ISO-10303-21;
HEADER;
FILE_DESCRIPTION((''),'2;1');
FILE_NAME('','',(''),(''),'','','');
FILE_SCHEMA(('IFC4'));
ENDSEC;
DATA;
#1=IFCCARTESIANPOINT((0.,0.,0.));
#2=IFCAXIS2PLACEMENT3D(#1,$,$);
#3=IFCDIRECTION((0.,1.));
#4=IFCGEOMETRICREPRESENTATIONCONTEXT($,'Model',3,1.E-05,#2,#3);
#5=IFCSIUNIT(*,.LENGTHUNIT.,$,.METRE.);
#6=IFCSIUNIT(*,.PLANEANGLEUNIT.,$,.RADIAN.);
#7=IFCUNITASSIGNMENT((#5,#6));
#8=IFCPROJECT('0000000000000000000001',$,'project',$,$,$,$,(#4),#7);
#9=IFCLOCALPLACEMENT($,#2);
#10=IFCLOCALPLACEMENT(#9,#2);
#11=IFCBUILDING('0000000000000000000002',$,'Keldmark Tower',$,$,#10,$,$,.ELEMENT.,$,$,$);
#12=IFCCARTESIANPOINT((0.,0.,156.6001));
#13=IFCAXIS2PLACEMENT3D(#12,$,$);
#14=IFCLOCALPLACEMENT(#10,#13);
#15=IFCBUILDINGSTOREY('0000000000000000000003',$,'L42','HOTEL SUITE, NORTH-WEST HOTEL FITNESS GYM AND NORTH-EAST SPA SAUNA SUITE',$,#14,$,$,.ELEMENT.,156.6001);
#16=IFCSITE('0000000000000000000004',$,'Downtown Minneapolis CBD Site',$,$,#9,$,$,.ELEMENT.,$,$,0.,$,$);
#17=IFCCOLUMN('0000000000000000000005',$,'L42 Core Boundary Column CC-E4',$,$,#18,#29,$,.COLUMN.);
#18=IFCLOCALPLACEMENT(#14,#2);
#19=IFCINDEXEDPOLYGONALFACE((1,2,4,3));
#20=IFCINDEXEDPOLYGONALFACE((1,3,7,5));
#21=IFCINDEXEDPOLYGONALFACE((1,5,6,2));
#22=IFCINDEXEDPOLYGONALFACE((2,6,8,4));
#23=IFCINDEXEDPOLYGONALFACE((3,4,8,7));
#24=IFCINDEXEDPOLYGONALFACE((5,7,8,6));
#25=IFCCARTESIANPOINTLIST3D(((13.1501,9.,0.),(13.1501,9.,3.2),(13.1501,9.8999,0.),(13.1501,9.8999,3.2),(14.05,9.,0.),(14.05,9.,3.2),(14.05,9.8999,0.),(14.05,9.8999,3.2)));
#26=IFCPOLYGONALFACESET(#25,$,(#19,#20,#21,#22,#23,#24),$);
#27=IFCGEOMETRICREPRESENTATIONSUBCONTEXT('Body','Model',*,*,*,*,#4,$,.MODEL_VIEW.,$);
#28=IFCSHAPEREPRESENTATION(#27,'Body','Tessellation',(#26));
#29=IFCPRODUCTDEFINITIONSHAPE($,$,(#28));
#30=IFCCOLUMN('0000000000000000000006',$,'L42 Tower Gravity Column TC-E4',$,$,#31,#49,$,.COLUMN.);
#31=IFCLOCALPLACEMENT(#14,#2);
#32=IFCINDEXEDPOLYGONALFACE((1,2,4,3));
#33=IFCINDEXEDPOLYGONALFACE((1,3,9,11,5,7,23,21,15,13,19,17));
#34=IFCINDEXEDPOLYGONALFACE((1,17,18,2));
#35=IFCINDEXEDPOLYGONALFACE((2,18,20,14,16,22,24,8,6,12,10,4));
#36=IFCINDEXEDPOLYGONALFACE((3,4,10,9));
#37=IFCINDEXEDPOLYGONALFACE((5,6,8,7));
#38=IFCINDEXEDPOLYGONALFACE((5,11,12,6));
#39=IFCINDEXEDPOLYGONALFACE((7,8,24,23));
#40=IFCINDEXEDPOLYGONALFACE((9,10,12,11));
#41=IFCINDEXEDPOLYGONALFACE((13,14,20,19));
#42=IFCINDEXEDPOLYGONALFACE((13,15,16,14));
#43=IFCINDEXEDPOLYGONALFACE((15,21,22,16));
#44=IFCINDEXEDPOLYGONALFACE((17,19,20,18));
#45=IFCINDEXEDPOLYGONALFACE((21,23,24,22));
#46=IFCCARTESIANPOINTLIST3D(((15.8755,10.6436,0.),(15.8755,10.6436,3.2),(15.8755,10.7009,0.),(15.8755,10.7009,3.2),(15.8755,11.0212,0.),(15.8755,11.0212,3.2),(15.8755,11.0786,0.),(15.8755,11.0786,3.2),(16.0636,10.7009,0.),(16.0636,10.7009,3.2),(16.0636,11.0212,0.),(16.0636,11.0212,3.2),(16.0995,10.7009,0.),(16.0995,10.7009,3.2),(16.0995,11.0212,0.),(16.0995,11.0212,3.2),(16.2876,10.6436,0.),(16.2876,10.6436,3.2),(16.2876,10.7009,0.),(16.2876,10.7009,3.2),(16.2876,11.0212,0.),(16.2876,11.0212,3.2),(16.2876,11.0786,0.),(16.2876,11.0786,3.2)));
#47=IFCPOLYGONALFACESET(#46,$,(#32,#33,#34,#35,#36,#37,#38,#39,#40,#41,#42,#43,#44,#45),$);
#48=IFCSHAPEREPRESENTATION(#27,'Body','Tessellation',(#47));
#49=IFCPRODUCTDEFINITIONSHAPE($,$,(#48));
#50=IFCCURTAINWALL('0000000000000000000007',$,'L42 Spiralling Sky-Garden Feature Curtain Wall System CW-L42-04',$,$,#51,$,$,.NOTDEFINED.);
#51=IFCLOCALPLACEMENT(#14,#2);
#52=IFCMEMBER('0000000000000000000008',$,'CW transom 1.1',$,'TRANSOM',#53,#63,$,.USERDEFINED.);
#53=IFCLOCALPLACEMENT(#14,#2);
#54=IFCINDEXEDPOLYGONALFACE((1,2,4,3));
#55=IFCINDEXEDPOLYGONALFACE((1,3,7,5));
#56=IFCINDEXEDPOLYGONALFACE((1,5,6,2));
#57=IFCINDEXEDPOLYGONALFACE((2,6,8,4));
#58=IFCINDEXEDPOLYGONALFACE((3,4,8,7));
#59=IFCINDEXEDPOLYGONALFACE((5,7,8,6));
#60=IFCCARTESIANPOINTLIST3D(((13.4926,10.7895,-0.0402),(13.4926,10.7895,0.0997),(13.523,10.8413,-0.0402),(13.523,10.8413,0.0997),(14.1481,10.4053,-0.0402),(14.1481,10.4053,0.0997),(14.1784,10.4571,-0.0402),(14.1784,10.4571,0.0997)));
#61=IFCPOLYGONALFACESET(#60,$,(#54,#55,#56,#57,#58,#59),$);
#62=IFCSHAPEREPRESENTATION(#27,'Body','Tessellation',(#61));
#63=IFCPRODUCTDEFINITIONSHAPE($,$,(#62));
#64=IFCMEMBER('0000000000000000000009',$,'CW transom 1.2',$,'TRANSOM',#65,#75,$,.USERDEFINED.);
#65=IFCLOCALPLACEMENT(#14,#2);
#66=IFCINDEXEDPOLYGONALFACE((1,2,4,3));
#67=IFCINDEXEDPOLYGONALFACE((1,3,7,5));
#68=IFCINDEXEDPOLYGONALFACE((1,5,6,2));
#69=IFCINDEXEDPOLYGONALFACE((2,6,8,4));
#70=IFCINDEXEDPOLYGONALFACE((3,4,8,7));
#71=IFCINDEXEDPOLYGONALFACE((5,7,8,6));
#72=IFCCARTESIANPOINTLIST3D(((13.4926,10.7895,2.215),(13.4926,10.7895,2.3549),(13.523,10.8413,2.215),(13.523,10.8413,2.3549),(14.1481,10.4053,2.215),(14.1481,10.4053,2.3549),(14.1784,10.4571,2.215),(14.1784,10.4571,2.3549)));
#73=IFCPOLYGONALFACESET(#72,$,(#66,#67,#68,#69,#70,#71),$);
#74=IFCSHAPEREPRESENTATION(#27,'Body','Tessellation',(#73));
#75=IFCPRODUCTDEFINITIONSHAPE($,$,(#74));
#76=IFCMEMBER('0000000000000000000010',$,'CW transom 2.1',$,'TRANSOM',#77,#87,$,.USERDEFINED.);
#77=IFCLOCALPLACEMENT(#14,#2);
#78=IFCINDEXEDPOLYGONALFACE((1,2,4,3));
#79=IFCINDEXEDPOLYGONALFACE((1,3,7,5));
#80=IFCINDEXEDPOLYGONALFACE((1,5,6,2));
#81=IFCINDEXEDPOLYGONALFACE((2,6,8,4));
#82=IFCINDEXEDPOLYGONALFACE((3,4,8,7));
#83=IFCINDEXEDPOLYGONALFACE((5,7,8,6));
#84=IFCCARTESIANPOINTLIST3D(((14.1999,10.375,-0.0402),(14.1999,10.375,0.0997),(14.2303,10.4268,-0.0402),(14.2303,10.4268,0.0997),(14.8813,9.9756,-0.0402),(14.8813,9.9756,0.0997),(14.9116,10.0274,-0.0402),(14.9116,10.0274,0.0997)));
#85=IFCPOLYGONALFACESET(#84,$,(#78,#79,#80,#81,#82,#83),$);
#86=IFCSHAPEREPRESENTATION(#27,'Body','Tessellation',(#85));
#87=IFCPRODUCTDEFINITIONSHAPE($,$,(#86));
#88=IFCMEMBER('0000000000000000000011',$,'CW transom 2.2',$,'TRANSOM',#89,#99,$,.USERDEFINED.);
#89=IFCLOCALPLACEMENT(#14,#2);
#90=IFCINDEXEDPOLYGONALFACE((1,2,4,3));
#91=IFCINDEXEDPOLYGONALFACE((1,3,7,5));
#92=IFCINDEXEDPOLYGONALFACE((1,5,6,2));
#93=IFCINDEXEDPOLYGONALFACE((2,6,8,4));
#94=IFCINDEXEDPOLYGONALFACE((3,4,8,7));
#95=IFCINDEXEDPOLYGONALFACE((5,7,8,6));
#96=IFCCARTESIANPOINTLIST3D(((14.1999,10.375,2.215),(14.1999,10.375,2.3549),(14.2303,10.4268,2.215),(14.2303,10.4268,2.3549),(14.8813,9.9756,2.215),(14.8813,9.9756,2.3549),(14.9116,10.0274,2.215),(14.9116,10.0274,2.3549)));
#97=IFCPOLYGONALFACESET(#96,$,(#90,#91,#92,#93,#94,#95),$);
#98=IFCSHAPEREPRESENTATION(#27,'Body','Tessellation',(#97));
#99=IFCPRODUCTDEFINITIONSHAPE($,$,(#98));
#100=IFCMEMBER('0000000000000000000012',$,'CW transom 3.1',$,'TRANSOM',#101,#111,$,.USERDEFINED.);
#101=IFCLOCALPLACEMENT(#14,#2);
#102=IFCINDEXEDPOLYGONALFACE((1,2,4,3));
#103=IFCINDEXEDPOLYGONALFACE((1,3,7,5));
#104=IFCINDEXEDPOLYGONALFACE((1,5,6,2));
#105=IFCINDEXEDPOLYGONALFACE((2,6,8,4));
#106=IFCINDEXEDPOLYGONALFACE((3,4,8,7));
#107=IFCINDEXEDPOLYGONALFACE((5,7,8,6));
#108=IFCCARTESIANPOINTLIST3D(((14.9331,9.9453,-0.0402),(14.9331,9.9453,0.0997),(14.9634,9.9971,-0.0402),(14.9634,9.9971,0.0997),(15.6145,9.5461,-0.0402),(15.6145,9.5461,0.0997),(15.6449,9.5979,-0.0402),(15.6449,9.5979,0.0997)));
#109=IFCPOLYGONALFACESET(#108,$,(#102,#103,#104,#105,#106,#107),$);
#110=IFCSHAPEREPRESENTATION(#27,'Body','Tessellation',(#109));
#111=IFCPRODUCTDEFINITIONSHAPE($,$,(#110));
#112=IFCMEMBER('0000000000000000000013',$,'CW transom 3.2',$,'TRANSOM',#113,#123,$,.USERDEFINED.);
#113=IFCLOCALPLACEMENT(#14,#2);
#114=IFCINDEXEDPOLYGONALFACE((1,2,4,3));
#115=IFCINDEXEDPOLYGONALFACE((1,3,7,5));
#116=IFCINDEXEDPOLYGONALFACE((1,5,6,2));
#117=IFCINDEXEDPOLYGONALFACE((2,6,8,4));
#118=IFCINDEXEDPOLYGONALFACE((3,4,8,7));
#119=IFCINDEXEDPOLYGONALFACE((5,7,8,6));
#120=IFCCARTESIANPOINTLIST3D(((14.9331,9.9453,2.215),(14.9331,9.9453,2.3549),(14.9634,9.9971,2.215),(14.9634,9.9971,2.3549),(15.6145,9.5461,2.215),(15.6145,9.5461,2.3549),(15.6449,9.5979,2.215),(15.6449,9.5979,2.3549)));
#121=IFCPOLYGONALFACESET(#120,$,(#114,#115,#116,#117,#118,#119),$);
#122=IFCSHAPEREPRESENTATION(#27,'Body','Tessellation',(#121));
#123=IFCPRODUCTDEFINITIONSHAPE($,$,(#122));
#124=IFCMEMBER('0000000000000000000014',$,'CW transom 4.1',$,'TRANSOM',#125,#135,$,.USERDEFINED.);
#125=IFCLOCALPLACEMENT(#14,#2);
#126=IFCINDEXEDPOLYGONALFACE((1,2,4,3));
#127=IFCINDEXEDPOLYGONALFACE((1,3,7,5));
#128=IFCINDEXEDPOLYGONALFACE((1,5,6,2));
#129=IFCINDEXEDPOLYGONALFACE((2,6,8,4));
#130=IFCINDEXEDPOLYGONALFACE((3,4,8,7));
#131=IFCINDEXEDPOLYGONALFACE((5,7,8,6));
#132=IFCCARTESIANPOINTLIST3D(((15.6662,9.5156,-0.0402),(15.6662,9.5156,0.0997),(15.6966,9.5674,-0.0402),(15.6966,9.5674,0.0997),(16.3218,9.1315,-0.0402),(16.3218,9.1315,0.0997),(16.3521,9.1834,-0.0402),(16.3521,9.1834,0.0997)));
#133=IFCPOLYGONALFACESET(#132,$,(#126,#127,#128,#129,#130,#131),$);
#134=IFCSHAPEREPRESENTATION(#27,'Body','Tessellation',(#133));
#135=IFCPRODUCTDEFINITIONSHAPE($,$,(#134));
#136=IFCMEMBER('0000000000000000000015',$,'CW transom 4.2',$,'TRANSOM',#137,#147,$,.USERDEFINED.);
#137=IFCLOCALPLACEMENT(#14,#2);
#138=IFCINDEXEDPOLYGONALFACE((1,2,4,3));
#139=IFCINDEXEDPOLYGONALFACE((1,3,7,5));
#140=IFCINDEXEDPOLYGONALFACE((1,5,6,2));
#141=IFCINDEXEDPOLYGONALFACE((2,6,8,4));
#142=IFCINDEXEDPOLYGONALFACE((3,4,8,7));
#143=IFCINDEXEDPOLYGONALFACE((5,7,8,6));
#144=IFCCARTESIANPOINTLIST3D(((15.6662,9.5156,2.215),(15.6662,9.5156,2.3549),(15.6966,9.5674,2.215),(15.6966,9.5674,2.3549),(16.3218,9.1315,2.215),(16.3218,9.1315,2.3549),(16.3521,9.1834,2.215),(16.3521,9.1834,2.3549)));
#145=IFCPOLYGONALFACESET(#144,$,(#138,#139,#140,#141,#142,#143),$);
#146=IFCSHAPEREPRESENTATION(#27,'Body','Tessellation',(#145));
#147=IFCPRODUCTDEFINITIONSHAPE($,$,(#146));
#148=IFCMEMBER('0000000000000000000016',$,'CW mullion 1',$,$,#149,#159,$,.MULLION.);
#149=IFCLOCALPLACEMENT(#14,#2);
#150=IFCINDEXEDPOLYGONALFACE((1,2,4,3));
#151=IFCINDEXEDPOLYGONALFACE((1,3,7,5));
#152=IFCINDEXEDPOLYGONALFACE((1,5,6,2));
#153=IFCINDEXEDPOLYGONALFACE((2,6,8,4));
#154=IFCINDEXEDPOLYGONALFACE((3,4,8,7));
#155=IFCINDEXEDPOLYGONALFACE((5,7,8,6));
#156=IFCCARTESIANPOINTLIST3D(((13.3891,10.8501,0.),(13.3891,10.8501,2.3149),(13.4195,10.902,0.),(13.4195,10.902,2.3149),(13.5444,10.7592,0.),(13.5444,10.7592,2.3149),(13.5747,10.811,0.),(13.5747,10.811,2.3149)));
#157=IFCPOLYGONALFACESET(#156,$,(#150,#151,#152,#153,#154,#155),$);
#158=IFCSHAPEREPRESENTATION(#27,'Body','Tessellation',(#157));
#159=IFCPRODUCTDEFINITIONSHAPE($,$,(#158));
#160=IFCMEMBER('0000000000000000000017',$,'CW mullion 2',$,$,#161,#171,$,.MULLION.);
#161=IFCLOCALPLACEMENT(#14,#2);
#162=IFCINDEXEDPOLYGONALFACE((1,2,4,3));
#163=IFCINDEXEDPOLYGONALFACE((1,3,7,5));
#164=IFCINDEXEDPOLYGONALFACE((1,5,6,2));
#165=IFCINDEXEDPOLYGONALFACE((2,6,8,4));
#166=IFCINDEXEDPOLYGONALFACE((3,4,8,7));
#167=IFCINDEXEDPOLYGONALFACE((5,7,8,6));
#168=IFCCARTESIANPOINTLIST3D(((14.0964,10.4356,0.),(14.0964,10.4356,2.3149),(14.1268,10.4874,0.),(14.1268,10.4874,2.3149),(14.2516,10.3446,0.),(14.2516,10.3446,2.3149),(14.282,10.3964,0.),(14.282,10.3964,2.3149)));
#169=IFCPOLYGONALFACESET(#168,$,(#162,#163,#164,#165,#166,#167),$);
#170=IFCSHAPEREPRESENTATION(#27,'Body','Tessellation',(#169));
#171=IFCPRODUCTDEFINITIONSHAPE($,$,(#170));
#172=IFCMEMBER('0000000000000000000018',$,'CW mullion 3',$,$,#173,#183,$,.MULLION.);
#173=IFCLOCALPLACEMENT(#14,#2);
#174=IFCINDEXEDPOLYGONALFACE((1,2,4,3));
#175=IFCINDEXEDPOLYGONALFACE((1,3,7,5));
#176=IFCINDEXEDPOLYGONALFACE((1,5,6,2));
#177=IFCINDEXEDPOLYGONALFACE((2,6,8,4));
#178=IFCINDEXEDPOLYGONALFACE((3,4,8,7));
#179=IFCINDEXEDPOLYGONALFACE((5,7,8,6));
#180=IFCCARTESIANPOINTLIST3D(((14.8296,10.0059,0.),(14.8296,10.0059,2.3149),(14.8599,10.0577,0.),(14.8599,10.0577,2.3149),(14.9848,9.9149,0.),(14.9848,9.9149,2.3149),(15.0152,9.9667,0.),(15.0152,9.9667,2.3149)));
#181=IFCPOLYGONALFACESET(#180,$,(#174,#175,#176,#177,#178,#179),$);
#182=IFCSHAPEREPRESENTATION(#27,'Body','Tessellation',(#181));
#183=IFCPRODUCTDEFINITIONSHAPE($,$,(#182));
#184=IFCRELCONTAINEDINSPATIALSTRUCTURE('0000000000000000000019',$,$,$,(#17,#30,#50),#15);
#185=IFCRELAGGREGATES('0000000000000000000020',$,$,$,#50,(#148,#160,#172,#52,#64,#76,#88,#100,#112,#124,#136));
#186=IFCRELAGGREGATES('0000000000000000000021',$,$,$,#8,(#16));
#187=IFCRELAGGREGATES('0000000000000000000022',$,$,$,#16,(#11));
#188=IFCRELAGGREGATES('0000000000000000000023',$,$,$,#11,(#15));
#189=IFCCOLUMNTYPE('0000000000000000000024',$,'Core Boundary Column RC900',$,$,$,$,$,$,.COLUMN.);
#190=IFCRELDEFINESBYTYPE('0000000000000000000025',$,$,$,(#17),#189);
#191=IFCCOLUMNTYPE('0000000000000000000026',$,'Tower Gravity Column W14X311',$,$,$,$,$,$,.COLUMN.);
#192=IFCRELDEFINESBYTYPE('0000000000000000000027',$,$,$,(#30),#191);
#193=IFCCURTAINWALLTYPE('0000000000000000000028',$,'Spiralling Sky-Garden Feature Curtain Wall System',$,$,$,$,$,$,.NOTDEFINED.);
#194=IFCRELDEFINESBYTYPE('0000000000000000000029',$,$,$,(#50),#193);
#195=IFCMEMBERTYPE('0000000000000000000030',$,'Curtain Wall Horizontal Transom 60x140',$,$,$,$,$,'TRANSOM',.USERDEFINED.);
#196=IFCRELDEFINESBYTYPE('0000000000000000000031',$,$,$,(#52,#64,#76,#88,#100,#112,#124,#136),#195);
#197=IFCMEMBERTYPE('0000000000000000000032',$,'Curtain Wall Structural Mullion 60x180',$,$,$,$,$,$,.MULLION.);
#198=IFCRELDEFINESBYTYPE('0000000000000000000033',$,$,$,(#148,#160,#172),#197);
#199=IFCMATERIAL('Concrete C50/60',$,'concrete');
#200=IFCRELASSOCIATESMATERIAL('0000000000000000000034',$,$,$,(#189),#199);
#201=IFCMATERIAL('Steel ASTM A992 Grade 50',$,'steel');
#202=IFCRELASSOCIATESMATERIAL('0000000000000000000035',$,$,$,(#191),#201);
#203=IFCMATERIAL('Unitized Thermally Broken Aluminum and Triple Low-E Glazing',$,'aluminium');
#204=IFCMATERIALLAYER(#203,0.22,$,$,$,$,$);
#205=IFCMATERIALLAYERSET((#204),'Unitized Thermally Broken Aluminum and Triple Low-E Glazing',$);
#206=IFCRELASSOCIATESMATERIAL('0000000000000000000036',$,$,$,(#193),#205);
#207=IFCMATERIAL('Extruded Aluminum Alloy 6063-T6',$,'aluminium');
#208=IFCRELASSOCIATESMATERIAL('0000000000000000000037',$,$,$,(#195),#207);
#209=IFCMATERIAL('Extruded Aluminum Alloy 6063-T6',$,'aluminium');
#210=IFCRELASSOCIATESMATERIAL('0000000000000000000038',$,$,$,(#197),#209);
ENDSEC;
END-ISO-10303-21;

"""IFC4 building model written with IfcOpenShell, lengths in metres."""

from ifc_helpers import new_model, si_unit, direction, frame, origin, origin_2d, place, context, subcontext, project, spatial, rectangle, i_section, extrude, material, layer, layer_set, material_profile, profile_set, type_object, element, aggregate, save


model = new_model("IFC4")

# Units and contexts
model_context = context("Model", 3, precision=1e-05, world=origin(), true_north=direction((0.0, 1.0)))
body_context = subcontext(model_context, "Body", "Model", "MODEL_VIEW")
ifc_project = project(units=[si_unit("LENGTHUNIT", "METRE"), si_unit("PLANEANGLEUNIT", "RADIAN")], contexts=[model_context])

# Site, building, storey
site_placement = place(None, origin())
site = spatial("IfcSite", under=ifc_project, at=site_placement, Name="Downtown Minneapolis CBD Site", CompositionType="ELEMENT", RefElevation=0.0)
building_placement = place(site_placement, origin())
building = spatial("IfcBuilding", under=site, at=building_placement, Name="Keldmark Tower", CompositionType="ELEMENT")
storey_placement = place(building_placement, frame((0.0, 0.0, 156.6001)))
storey = spatial("IfcBuildingStorey", under=building, at=storey_placement, Name="L42", Description="HOTEL SUITE, NORTH-WEST HOTEL FITNESS GYM AND NORTH-EAST SPA SAUNA SUITE", CompositionType="ELEMENT", Elevation=156.6001)

# Columns
ifc_material_1 = material(Name="Concrete C50/60", Category="concrete")
ifc_material_profile_1 = material_profile(ifc_material_1, rectangle(XDim=0.8999, YDim=0.8999, at=origin_2d()), Name="RC900X900")
ifc_profile_set_1 = profile_set([ifc_material_profile_1], Name="Concrete C50/60")
column_type_1 = type_object("IfcColumnType", Name="Core Boundary Column RC900", PredefinedType="COLUMN", material=ifc_profile_set_1)
column_1_placement = place(storey_placement, frame((13.6001, 9.45, 0.0), z_axis=(0.0, 0.0, 1.0), x_axis=(1.0, 0.0, 0.0)))
element("IfcColumn", 1, at=column_1_placement, inside=storey, type_object=column_type_1, Name="L42 Core Boundary Column CC-E4", PredefinedType="COLUMN", context=body_context, shape_type="SweptSolid", body=[
    extrude(rectangle(XDim=0.8999, YDim=0.8999, at=origin_2d()), origin(), (0.0, 0.0, 1.0), 3.2),
])
ifc_material_2 = material(Name="Steel ASTM A992 Grade 50", Category="steel")
ifc_material_profile_2 = material_profile(ifc_material_2, i_section(OverallWidth=0.4121, OverallDepth=0.4351, WebThickness=0.0359, FlangeThickness=0.0574, at=origin_2d()), Name="W14X311")
ifc_profile_set_2 = profile_set([ifc_material_profile_2], Name="Steel ASTM A992 Grade 50")
column_type_2 = type_object("IfcColumnType", Name="Tower Gravity Column W14X311", PredefinedType="COLUMN", material=ifc_profile_set_2)
column_2_placement = place(storey_placement, frame((16.0815, 10.8611, 0.0), z_axis=(0.0, 0.0, 1.0), x_axis=(1.0, 0.0, 0.0)))
element("IfcColumn", 2, at=column_2_placement, inside=storey, type_object=column_type_2, Name="L42 Tower Gravity Column TC-E4", PredefinedType="COLUMN", context=body_context, shape_type="SweptSolid", body=[
    extrude(i_section(OverallWidth=0.4121, OverallDepth=0.4351, WebThickness=0.0359, FlangeThickness=0.0574, at=origin_2d()), origin(), (0.0, 0.0, 1.0), 3.2),
])

# Curtain wall, members
ifc_material_3 = material(Name="Unitized Thermally Broken Aluminum and Triple Low-E Glazing", Category="aluminium")
ifc_layer_1 = layer(ifc_material_3, 0.22)
ifc_layer_set_1 = layer_set([ifc_layer_1], Name="Unitized Thermally Broken Aluminum and Triple Low-E Glazing")
curtain_wall_type = type_object("IfcCurtainWallType", Name="Spiralling Sky-Garden Feature Curtain Wall System", PredefinedType="NOTDEFINED", material=ifc_layer_set_1)
curtain_wall_placement = place(storey_placement, origin())
curtain_wall = element("IfcCurtainWall", 3, at=curtain_wall_placement, inside=storey, type_object=curtain_wall_type, Name="L42 Spiralling Sky-Garden Feature Curtain Wall System CW-L42-04", PredefinedType="NOTDEFINED")
ifc_material_4 = material(Name="Extruded Aluminum Alloy 6063-T6", Category="aluminium")
ifc_material_profile_3 = material_profile(ifc_material_4, rectangle(XDim=0.0601, YDim=0.1399, at=origin_2d()), Name="CWT60X140")
ifc_profile_set_3 = profile_set([ifc_material_profile_3], Name="Extruded Aluminum Alloy 6063-T6")
member_type_1 = type_object("IfcMemberType", Name="Curtain Wall Horizontal Transom 60x140", ElementType="TRANSOM", PredefinedType="USERDEFINED", material=ifc_profile_set_3)
member_1_placement = place(storey_placement, frame((13.5078, 10.8154, 0.0298), z_axis=(0.862693, -0.505728, 0.0), x_axis=(0.505728, 0.862693, 0.0)))
member_1 = element("IfcMember", 4, at=member_1_placement, type_object=member_type_1, Name="CW transom 1.1", ObjectType="TRANSOM", PredefinedType="USERDEFINED", context=body_context, shape_type="SweptSolid", body=[
    extrude(rectangle(XDim=0.0601, YDim=0.1399, at=origin_2d()), origin(), (0.0, 0.0, 1.0), 0.7598),
])
member_2_placement = place(storey_placement, frame((13.5078, 10.8154, 2.2849), z_axis=(0.862693, -0.505728, 0.0), x_axis=(0.505728, 0.862693, 0.0)))
member_2 = element("IfcMember", 5, at=member_2_placement, type_object=member_type_1, Name="CW transom 1.2", ObjectType="TRANSOM", PredefinedType="USERDEFINED", context=body_context, shape_type="SweptSolid", body=[
    extrude(rectangle(XDim=0.0601, YDim=0.1399, at=origin_2d()), origin(), (0.0, 0.0, 1.0), 0.7598),
])
member_3_placement = place(storey_placement, frame((14.2151, 10.4009, 0.0298), z_axis=(0.862712, -0.505696, 0.0), x_axis=(0.505696, 0.862712, 0.0)))
member_3 = element("IfcMember", 6, at=member_3_placement, type_object=member_type_1, Name="CW transom 2.1", ObjectType="TRANSOM", PredefinedType="USERDEFINED", context=body_context, shape_type="SweptSolid", body=[
    extrude(rectangle(XDim=0.0601, YDim=0.1399, at=origin_2d()), origin(), (0.0, 0.0, 1.0), 0.7898),
])
member_4_placement = place(storey_placement, frame((14.2151, 10.4009, 2.2849), z_axis=(0.862712, -0.505696, 0.0), x_axis=(0.505696, 0.862712, 0.0)))
member_4 = element("IfcMember", 7, at=member_4_placement, type_object=member_type_1, Name="CW transom 2.2", ObjectType="TRANSOM", PredefinedType="USERDEFINED", context=body_context, shape_type="SweptSolid", body=[
    extrude(rectangle(XDim=0.0601, YDim=0.1399, at=origin_2d()), origin(), (0.0, 0.0, 1.0), 0.7898),
])
member_5_placement = place(storey_placement, frame((14.9482, 9.9712, 0.0298), z_axis=(0.862847, -0.505466, 0.0), x_axis=(0.505466, 0.862847, 0.0)))
member_5 = element("IfcMember", 8, at=member_5_placement, type_object=member_type_1, Name="CW transom 3.1", ObjectType="TRANSOM", PredefinedType="USERDEFINED", context=body_context, shape_type="SweptSolid", body=[
    extrude(rectangle(XDim=0.0601, YDim=0.1399, at=origin_2d()), origin(), (0.0, 0.0, 1.0), 0.7898),
])
member_6_placement = place(storey_placement, frame((14.9482, 9.9712, 2.2849), z_axis=(0.862847, -0.505466, 0.0), x_axis=(0.505466, 0.862847, 0.0)))
member_6 = element("IfcMember", 9, at=member_6_placement, type_object=member_type_1, Name="CW transom 3.2", ObjectType="TRANSOM", PredefinedType="USERDEFINED", context=body_context, shape_type="SweptSolid", body=[
    extrude(rectangle(XDim=0.0601, YDim=0.1399, at=origin_2d()), origin(), (0.0, 0.0, 1.0), 0.7898),
])
member_7_placement = place(storey_placement, frame((15.6814, 9.5415, 0.0298), z_axis=(0.862833, -0.505489, 0.0), x_axis=(0.505489, 0.862833, 0.0)))
member_7 = element("IfcMember", 10, at=member_7_placement, type_object=member_type_1, Name="CW transom 4.1", ObjectType="TRANSOM", PredefinedType="USERDEFINED", context=body_context, shape_type="SweptSolid", body=[
    extrude(rectangle(XDim=0.0601, YDim=0.1399, at=origin_2d()), origin(), (0.0, 0.0, 1.0), 0.7598),
])
member_8_placement = place(storey_placement, frame((15.6814, 9.5415, 2.2849), z_axis=(0.862833, -0.505489, 0.0), x_axis=(0.505489, 0.862833, 0.0)))
member_8 = element("IfcMember", 11, at=member_8_placement, type_object=member_type_1, Name="CW transom 4.2", ObjectType="TRANSOM", PredefinedType="USERDEFINED", context=body_context, shape_type="SweptSolid", body=[
    extrude(rectangle(XDim=0.0601, YDim=0.1399, at=origin_2d()), origin(), (0.0, 0.0, 1.0), 0.7598),
])
ifc_material_5 = material(Name="Extruded Aluminum Alloy 6063-T6", Category="aluminium")
ifc_material_profile_4 = material_profile(ifc_material_5, rectangle(XDim=0.0601, YDim=0.1799, at=origin_2d()), Name="CWM60X180")
ifc_profile_set_4 = profile_set([ifc_material_profile_4], Name="Extruded Aluminum Alloy 6063-T6")
member_type_2 = type_object("IfcMemberType", Name="Curtain Wall Structural Mullion 60x180", PredefinedType="MULLION", material=ifc_profile_set_4)
member_9_placement = place(storey_placement, frame((13.4819, 10.8306, 0.0), z_axis=(0.0, 0.0, 1.0), x_axis=(0.505608, 0.862763, 0.0)))
member_9 = element("IfcMember", 12, at=member_9_placement, type_object=member_type_2, Name="CW mullion 1", PredefinedType="MULLION", context=body_context, shape_type="SweptSolid", body=[
    extrude(rectangle(XDim=0.0601, YDim=0.1799, at=origin_2d()), origin(), (0.0, 0.0, 1.0), 2.3149),
])
member_10_placement = place(storey_placement, frame((14.1892, 10.416, 0.0), z_axis=(0.0, 0.0, 1.0), x_axis=(0.505608, 0.862763, 0.0)))
member_10 = element("IfcMember", 13, at=member_10_placement, type_object=member_type_2, Name="CW mullion 2", PredefinedType="MULLION", context=body_context, shape_type="SweptSolid", body=[
    extrude(rectangle(XDim=0.0601, YDim=0.1799, at=origin_2d()), origin(), (0.0, 0.0, 1.0), 2.3149),
])
member_11_placement = place(storey_placement, frame((14.9224, 9.9863, 0.0), z_axis=(0.0, 0.0, 1.0), x_axis=(0.505608, 0.862763, 0.0)))
member_11 = element("IfcMember", 14, at=member_11_placement, type_object=member_type_2, Name="CW mullion 3", PredefinedType="MULLION", context=body_context, shape_type="SweptSolid", body=[
    extrude(rectangle(XDim=0.0601, YDim=0.1799, at=origin_2d()), origin(), (0.0, 0.0, 1.0), 2.3149),
])

aggregate(curtain_wall, [member_9, member_10, member_11, member_1, member_2, member_3, member_4, member_5, member_6, member_7, member_8])

save(model, "model.ifc")
